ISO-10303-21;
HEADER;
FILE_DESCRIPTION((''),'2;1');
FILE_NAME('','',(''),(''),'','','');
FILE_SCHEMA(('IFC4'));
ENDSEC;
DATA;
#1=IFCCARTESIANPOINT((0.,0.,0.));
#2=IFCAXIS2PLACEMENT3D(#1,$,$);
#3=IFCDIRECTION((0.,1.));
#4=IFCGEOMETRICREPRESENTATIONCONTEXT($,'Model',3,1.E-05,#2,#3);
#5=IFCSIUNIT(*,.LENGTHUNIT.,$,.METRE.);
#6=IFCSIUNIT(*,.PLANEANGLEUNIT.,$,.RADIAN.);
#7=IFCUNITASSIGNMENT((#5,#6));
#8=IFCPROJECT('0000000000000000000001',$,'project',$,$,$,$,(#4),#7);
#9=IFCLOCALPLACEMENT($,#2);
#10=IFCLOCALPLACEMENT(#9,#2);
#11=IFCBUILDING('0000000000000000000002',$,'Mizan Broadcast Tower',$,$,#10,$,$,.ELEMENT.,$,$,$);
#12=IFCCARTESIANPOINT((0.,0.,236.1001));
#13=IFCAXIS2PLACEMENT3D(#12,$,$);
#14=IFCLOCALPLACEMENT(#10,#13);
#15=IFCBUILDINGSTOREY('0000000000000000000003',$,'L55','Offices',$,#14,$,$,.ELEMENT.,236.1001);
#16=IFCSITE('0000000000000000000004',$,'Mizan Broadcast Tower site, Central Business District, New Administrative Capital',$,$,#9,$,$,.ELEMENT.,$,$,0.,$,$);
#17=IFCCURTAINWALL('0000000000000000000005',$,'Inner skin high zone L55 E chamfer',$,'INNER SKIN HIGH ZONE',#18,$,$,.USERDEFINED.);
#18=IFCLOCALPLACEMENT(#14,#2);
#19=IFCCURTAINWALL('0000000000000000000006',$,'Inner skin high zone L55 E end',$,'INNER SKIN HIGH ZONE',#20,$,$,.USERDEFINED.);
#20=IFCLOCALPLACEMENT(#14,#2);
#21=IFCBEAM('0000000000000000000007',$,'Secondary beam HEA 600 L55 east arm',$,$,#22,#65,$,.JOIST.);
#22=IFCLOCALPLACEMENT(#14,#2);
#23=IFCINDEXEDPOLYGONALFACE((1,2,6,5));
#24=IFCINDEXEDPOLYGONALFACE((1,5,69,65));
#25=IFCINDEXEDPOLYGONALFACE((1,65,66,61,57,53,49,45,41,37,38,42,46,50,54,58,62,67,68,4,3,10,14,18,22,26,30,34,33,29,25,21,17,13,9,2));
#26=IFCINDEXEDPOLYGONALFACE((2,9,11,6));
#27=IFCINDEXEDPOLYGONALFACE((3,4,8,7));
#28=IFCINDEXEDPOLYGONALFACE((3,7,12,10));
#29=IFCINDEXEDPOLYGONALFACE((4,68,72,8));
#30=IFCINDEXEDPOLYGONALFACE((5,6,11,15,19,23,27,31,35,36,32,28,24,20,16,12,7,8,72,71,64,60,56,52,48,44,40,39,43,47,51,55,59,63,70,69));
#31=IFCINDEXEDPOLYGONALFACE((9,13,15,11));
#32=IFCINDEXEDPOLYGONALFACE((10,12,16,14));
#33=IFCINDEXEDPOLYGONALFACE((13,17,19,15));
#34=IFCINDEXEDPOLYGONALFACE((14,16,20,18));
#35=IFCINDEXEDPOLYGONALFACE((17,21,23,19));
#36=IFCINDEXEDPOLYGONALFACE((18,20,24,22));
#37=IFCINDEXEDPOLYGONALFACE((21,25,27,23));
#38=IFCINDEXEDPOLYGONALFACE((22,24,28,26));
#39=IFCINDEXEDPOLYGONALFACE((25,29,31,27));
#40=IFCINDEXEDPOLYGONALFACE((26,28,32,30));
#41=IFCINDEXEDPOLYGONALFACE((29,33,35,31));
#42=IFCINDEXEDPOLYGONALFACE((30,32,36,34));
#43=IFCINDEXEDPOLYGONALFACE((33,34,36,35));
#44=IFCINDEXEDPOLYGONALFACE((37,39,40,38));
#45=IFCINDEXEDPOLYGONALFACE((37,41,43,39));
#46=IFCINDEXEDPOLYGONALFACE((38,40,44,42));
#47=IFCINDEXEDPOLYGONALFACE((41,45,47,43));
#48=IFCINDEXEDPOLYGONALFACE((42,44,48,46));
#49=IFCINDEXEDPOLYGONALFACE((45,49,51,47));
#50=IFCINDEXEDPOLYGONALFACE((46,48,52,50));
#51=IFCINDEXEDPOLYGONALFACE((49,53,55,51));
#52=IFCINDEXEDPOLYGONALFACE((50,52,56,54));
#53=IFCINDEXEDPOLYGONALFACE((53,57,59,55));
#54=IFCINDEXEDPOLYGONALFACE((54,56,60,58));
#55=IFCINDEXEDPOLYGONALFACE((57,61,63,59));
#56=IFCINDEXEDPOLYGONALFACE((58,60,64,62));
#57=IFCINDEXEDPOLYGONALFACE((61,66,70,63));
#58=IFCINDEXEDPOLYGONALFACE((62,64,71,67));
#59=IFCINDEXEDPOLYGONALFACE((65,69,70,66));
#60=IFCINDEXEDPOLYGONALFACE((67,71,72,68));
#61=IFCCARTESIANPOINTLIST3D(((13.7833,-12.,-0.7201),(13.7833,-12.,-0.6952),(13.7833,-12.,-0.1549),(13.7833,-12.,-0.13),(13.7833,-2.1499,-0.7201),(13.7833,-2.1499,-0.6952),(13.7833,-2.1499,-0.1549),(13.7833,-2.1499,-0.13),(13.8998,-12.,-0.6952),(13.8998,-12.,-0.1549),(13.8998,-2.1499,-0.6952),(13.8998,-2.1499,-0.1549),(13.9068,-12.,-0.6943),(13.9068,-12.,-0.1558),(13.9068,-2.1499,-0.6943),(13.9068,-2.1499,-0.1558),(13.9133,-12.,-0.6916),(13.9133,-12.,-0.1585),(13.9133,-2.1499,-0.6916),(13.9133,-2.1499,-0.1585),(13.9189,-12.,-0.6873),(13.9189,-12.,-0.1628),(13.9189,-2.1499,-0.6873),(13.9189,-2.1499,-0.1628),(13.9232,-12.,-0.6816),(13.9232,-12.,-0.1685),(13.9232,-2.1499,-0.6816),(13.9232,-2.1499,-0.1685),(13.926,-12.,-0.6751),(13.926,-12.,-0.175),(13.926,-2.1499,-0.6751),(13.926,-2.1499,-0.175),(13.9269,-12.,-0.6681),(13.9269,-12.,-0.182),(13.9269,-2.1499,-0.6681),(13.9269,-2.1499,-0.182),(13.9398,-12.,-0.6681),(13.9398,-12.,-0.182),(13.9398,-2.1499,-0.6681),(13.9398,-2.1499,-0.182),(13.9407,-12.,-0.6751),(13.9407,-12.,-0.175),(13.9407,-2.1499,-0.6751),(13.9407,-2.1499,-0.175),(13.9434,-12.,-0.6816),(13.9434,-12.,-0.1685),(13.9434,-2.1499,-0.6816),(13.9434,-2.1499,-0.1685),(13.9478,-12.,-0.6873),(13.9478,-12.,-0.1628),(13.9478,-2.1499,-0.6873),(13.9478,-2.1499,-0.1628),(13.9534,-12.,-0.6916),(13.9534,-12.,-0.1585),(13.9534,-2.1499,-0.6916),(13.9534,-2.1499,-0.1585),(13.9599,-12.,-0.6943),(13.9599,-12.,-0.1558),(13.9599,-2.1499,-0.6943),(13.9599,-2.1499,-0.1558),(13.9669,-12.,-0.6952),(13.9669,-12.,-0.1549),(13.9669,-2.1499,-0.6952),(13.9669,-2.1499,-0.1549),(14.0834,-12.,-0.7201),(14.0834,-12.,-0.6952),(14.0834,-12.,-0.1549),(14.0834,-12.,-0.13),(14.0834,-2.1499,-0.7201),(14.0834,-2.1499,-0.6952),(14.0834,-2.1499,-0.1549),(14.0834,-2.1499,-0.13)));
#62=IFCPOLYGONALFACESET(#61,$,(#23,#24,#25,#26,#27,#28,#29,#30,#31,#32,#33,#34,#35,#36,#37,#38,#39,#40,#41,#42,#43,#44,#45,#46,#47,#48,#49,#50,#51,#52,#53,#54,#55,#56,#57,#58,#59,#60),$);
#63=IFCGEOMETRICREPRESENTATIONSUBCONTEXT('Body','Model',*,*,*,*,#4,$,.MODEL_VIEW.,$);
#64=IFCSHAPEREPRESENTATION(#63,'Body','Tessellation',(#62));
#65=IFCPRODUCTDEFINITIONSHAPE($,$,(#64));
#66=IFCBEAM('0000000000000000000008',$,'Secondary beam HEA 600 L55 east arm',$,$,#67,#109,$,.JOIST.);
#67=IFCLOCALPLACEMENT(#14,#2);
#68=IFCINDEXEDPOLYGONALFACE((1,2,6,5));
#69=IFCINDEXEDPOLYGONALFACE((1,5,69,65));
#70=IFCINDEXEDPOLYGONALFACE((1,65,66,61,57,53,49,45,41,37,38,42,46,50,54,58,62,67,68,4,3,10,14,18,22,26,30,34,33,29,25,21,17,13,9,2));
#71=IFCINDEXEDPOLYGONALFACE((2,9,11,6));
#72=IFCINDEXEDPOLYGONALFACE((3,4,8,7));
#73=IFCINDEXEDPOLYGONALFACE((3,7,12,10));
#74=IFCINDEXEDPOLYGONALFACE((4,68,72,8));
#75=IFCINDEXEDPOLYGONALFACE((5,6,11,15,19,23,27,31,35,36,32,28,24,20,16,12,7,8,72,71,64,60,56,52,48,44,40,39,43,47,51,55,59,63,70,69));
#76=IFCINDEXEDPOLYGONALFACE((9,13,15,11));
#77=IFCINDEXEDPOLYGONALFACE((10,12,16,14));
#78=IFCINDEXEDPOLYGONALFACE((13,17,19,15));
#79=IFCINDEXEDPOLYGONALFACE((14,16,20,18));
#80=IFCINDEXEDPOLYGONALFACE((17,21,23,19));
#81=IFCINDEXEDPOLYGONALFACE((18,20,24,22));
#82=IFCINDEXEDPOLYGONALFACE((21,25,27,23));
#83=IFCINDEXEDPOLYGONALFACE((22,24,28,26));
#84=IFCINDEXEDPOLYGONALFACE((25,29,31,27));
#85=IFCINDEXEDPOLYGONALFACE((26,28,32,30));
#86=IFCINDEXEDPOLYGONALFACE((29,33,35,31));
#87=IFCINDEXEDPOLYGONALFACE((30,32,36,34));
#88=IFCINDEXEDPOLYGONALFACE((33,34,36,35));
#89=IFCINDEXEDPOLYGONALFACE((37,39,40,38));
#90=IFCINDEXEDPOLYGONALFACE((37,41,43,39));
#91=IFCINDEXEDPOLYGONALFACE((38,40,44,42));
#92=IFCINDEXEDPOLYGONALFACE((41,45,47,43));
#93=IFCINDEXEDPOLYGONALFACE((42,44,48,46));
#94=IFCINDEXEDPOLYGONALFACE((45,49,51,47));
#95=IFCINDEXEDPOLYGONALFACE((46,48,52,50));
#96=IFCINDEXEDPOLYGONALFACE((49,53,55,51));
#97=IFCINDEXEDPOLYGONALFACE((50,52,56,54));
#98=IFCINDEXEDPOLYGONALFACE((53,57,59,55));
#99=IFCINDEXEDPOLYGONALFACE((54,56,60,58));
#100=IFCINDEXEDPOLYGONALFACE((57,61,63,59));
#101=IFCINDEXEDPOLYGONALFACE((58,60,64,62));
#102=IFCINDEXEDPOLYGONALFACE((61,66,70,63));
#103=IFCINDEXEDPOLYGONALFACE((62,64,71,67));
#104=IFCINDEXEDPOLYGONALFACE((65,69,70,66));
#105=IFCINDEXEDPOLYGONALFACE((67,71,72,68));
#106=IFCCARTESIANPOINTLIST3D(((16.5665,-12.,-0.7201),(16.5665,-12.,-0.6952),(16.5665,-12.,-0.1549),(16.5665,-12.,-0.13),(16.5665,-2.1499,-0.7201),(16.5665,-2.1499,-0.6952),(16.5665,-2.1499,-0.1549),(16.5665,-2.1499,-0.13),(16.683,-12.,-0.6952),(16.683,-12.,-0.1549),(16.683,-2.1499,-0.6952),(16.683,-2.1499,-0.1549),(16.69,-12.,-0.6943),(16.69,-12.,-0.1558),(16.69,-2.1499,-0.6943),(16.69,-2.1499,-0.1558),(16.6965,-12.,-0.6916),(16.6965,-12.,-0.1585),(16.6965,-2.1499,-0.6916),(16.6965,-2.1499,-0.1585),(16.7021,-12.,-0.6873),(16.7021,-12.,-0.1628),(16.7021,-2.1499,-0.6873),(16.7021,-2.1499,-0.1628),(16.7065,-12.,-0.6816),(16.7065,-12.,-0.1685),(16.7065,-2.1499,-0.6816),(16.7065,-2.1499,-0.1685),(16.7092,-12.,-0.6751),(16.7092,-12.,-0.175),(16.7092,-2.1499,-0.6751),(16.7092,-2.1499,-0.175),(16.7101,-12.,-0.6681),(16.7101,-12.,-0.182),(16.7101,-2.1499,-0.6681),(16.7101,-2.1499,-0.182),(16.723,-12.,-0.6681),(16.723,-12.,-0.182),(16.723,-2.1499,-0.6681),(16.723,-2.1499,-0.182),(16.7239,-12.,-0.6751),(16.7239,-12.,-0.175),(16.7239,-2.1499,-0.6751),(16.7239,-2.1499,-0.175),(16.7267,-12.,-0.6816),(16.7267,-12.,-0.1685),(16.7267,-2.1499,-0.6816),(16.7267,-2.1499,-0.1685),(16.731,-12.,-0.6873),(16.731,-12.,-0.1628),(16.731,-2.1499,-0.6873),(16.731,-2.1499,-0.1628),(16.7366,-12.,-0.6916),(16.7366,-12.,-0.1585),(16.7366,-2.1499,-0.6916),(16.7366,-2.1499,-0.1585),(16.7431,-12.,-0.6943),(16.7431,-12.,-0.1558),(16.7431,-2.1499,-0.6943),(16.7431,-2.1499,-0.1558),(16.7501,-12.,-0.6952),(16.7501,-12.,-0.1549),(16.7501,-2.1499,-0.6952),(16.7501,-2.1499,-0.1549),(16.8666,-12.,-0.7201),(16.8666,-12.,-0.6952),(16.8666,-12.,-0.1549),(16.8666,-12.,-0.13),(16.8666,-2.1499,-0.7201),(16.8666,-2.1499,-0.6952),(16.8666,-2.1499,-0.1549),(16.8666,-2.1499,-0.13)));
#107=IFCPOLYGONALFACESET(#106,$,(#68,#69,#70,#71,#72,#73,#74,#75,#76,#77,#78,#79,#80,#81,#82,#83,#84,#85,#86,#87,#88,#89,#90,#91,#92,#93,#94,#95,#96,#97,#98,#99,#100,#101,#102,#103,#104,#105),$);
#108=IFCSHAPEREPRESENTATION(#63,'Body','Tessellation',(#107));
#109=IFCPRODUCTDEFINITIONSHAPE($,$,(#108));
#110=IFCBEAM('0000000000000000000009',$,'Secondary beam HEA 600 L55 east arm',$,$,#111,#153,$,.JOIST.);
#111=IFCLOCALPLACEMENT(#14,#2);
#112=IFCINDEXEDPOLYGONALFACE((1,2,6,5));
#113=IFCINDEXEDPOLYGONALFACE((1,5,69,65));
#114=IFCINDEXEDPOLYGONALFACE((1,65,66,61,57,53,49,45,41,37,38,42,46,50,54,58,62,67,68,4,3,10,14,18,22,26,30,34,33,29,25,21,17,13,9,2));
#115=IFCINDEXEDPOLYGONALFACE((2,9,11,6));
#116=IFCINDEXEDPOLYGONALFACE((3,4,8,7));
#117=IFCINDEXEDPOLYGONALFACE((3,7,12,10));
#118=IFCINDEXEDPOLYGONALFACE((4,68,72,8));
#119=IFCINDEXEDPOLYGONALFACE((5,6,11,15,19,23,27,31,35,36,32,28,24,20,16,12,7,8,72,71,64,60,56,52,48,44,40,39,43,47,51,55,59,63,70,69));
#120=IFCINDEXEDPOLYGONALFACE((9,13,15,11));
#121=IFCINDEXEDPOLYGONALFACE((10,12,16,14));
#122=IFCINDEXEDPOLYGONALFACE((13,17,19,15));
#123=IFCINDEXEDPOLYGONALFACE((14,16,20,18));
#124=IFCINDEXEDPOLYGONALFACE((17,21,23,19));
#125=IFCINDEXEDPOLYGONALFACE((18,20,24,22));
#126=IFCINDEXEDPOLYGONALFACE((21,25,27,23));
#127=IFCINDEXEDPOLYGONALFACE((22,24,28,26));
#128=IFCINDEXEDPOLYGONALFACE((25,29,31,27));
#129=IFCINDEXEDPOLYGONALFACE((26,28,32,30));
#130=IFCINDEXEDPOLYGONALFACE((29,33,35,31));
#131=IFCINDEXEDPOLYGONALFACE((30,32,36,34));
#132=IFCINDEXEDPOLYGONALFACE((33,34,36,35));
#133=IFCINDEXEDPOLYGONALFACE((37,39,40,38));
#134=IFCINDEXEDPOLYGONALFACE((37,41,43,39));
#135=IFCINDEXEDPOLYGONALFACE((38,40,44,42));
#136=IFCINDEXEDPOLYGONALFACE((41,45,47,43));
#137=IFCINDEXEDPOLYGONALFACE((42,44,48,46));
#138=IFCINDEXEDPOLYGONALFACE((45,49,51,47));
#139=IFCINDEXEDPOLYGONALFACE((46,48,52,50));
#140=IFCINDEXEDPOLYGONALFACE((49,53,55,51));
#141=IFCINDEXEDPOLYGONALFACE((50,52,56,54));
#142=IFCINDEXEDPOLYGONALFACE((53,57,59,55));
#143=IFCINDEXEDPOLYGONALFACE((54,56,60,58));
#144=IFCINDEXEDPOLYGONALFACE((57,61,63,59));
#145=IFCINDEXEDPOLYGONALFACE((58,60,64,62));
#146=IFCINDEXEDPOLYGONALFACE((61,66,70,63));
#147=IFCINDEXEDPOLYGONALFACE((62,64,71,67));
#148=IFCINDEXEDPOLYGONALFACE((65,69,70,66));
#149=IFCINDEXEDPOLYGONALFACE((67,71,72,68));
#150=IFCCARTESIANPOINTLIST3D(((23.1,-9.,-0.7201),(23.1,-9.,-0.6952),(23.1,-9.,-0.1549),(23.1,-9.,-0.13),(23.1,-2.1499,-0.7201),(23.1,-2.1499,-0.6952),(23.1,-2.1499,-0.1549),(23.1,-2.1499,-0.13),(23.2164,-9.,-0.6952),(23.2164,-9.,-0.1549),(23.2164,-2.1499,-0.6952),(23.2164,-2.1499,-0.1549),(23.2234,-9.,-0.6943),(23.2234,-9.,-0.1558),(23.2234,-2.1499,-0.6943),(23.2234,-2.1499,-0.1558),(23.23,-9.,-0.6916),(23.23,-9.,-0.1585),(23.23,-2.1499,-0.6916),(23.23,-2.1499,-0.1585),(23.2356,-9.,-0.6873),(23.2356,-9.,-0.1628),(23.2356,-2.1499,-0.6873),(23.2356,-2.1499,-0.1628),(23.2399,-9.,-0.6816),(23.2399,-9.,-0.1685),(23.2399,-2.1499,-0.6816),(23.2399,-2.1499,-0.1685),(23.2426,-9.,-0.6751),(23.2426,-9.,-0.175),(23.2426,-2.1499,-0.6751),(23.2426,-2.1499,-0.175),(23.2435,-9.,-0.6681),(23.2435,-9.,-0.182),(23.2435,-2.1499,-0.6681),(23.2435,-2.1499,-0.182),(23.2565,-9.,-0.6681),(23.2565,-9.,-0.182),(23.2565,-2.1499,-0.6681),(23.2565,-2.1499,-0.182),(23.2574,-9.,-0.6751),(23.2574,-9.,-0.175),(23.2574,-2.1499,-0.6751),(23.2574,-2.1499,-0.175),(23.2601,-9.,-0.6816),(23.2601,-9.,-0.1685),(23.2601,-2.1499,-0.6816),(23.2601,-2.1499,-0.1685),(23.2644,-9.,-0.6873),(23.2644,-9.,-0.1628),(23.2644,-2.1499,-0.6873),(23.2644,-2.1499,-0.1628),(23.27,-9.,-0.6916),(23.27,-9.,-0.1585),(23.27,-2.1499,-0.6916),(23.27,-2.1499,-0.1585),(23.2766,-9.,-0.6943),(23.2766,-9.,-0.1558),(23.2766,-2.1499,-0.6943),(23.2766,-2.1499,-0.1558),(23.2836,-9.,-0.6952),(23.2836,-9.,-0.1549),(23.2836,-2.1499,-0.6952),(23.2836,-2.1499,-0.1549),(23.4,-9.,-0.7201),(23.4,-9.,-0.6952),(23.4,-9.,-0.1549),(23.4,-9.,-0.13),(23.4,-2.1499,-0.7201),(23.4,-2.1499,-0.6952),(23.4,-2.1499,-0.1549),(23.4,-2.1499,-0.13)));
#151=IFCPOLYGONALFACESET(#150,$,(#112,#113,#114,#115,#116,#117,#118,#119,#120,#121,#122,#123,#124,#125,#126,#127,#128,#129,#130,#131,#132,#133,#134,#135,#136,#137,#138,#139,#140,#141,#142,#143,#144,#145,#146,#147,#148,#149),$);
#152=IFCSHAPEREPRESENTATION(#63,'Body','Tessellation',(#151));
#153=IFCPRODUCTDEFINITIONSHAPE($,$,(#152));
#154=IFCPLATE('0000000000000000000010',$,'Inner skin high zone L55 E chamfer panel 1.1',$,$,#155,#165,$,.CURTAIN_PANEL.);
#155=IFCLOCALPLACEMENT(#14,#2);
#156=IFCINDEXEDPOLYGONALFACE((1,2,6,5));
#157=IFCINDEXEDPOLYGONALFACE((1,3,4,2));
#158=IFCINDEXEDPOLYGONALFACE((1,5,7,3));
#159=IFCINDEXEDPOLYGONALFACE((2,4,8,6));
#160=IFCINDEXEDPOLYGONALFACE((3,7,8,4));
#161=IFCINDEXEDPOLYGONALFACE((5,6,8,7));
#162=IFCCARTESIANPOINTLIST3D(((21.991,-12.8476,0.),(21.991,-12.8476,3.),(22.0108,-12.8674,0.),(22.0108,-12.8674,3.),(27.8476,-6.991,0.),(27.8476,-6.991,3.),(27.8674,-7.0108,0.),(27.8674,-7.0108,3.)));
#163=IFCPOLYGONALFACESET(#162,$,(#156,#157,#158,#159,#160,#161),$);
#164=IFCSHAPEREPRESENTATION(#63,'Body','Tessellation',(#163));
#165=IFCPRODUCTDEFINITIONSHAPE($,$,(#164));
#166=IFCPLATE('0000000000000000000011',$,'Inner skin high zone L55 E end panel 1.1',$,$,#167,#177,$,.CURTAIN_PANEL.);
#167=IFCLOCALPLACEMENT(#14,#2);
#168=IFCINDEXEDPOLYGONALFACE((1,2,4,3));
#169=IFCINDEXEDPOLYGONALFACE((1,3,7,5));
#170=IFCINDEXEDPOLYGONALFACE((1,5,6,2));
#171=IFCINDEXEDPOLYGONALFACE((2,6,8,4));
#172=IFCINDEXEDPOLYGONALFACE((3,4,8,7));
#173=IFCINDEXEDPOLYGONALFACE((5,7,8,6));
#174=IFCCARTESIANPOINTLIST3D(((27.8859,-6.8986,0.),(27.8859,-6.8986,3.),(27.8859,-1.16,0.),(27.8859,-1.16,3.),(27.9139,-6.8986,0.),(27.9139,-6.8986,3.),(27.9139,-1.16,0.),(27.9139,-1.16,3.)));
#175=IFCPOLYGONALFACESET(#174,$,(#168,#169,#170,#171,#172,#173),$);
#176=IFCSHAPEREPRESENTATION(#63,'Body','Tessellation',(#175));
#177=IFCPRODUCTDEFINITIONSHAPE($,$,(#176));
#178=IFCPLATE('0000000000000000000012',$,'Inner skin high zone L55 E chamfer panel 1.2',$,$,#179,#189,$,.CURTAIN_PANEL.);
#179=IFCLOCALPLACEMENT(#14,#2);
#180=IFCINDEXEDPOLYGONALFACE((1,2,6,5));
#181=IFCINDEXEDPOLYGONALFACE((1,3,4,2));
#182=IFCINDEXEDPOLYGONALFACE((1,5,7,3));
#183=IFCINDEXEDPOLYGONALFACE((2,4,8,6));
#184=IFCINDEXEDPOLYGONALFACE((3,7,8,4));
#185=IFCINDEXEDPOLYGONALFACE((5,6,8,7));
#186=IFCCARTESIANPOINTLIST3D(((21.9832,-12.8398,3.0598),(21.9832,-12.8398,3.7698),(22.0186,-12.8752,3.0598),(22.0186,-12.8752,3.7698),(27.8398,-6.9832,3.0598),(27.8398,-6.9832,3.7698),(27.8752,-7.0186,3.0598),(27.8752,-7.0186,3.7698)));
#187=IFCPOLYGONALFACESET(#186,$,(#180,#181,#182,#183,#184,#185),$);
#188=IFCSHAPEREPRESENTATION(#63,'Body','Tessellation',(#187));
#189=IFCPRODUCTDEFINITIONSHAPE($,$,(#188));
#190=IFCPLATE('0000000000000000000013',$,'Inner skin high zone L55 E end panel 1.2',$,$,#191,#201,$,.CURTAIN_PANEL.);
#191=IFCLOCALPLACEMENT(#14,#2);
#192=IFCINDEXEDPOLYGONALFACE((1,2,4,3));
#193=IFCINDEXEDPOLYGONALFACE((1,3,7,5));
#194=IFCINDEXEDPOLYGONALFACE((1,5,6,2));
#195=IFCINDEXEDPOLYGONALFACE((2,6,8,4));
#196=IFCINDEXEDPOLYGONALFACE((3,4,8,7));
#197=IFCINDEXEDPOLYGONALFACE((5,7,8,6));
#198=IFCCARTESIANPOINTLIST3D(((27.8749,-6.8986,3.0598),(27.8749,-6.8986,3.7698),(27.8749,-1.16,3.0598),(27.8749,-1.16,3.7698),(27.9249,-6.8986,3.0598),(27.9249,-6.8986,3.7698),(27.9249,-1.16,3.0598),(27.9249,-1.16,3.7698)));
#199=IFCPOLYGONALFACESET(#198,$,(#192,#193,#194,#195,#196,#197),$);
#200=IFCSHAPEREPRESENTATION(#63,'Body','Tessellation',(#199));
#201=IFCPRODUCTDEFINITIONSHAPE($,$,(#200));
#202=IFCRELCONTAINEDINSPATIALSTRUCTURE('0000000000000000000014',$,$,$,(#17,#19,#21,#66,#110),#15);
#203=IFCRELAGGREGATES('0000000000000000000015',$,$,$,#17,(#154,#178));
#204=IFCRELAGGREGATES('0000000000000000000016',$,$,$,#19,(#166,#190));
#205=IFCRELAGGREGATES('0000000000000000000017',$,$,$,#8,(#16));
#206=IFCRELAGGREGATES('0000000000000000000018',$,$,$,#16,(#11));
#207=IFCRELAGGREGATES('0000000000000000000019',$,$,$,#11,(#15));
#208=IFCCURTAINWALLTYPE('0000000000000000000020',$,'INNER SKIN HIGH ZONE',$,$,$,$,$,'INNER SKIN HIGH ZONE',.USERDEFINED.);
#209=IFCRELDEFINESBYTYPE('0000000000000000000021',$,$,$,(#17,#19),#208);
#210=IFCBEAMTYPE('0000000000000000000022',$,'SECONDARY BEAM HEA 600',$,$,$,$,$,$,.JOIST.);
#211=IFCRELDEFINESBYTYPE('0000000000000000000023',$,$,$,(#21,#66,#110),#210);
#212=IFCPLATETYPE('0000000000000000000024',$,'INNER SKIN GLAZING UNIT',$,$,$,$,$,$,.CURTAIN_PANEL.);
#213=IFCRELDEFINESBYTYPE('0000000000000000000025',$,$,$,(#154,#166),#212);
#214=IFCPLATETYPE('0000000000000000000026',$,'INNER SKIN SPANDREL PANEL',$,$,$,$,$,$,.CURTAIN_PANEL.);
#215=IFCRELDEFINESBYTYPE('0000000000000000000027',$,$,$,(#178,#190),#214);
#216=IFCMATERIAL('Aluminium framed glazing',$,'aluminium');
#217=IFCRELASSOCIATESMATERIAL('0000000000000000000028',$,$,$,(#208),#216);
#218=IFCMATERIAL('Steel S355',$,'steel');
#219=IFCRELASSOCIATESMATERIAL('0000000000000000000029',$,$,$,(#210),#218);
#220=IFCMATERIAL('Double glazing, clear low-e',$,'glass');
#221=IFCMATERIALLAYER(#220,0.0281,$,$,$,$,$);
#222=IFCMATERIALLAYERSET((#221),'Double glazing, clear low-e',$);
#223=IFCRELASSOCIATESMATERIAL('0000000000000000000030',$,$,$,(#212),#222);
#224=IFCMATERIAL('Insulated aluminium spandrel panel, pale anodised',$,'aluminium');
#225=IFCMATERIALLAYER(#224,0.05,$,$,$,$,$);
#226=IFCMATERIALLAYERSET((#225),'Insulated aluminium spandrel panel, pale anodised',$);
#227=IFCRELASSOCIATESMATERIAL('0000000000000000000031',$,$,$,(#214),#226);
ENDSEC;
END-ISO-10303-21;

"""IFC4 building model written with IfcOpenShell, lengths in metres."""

from ifc_helpers import new_model, si_unit, direction, frame, origin, origin_2d, place, context, subcontext, project, spatial, rectangle, i_section, extrude, material, layer, layer_set, material_profile, profile_set, type_object, element, aggregate, save


model = new_model("IFC4")

# Units and contexts
model_context = context("Model", 3, precision=1e-05, world=origin(), true_north=direction((0.0, 1.0)))
body_context = subcontext(model_context, "Body", "Model", "MODEL_VIEW")
ifc_project = project(units=[si_unit("LENGTHUNIT", "METRE"), si_unit("PLANEANGLEUNIT", "RADIAN")], contexts=[model_context])

# Site, building, storey
site_placement = place(None, origin())
site = spatial("IfcSite", under=ifc_project, at=site_placement, Name="Mizan Broadcast Tower site, Central Business District, New Administrative Capital", CompositionType="ELEMENT", RefElevation=0.0)
building_placement = place(site_placement, origin())
building = spatial("IfcBuilding", under=site, at=building_placement, Name="Mizan Broadcast Tower", CompositionType="ELEMENT")
storey_placement = place(building_placement, frame((0.0, 0.0, 236.1001)))
storey = spatial("IfcBuildingStorey", under=building, at=storey_placement, Name="L55", Description="Offices", CompositionType="ELEMENT", Elevation=236.1001)

# Curtain wall
ifc_material_1 = material(Name="Aluminium framed glazing", Category="aluminium")
curtain_wall_type_1 = type_object("IfcCurtainWallType", Name="INNER SKIN HIGH ZONE", ElementType="INNER SKIN HIGH ZONE", PredefinedType="USERDEFINED", material=ifc_material_1)
curtain_wall_1_placement = place(storey_placement, origin())
curtain_wall_1 = element("IfcCurtainWall", 1, at=curtain_wall_1_placement, inside=storey, type_object=curtain_wall_type_1, Name="Inner skin high zone L55 E chamfer", ObjectType="INNER SKIN HIGH ZONE", PredefinedType="USERDEFINED")

# Curtain wall
curtain_wall_2_placement = place(storey_placement, origin())
curtain_wall_2 = element("IfcCurtainWall", 2, at=curtain_wall_2_placement, inside=storey, type_object=curtain_wall_type_1, Name="Inner skin high zone L55 E end", ObjectType="INNER SKIN HIGH ZONE", PredefinedType="USERDEFINED")

# Beams
ifc_material_2 = material(Name="Steel S355", Category="steel")
ifc_material_profile_1 = material_profile(ifc_material_2, i_section(OverallWidth=0.3, OverallDepth=0.5901, WebThickness=0.0129, FlangeThickness=0.0249, FilletRadius=0.0271, at=origin_2d()), Name="HEA 600")
ifc_profile_set_1 = profile_set([ifc_material_profile_1], Name="Steel S355")
beam_type_1 = type_object("IfcBeamType", Name="SECONDARY BEAM HEA 600", PredefinedType="JOIST", material=ifc_profile_set_1)
for number, where, z_axis, x_axis, name in (
    (3, (13.9333, -12.0, -0.425), (0.0, 1.0, 0.0), (-1.0, 0.0, 0.0), "Secondary beam HEA 600 L55 east arm"),
    (4, (16.7166, -12.0, -0.425), (0.0, 1.0, 0.0), (-1.0, 0.0, 0.0), "Secondary beam HEA 600 L55 east arm"),
):
    element("IfcBeam", number, at=place(storey_placement, frame(where, z_axis=z_axis, x_axis=x_axis)), inside=storey, type_object=beam_type_1, Name=name, PredefinedType="JOIST", context=body_context, shape_type="SweptSolid", body=[
        extrude(i_section(OverallWidth=0.3, OverallDepth=0.5901, WebThickness=0.0129, FlangeThickness=0.0249, FilletRadius=0.0271, at=origin_2d()), origin(), (0.0, 0.0, 1.0), 9.8501),
    ])
beam_1_placement = place(storey_placement, frame((23.25, -9.0, -0.425), z_axis=(0.0, 1.0, 0.0), x_axis=(-1.0, 0.0, 0.0)))
element("IfcBeam", 5, at=beam_1_placement, inside=storey, type_object=beam_type_1, Name="Secondary beam HEA 600 L55 east arm", PredefinedType="JOIST", context=body_context, shape_type="SweptSolid", body=[
    extrude(i_section(OverallWidth=0.3, OverallDepth=0.5901, WebThickness=0.0129, FlangeThickness=0.0249, FilletRadius=0.0271, at=origin_2d()), origin(), (0.0, 0.0, 1.0), 6.8501),
])

# Plates
ifc_material_3 = material(Name="Double glazing, clear low-e", Category="glass")
ifc_layer_1 = layer(ifc_material_3, 0.0281)
ifc_layer_set_1 = layer_set([ifc_layer_1], Name="Double glazing, clear low-e")
plate_type_1 = type_object("IfcPlateType", Name="INNER SKIN GLAZING UNIT", PredefinedType="CURTAIN_PANEL", material=ifc_layer_set_1)
plate_1_placement = place(storey_placement, frame((24.9292, -9.9292, 0.0), z_axis=(0.0, 0.0, 1.0), x_axis=(0.707107, 0.707107, 0.0)))
plate_1 = element("IfcPlate", 6, at=plate_1_placement, type_object=plate_type_1, Name="Inner skin high zone L55 E chamfer panel 1.1", PredefinedType="CURTAIN_PANEL", context=body_context, shape_type="SweptSolid", body=[
    extrude(rectangle(XDim=8.2825, YDim=0.0281, at=origin_2d()), origin(), (0.0, 0.0, 1.0), 3.0),
])
plate_2_placement = place(storey_placement, frame((27.8999, -4.0293, 0.0), z_axis=(0.0, 0.0, 1.0), x_axis=(0.0, 1.0, 0.0)))
plate_2 = element("IfcPlate", 7, at=plate_2_placement, type_object=plate_type_1, Name="Inner skin high zone L55 E end panel 1.1", PredefinedType="CURTAIN_PANEL", context=body_context, shape_type="SweptSolid", body=[
    extrude(rectangle(XDim=5.7385, YDim=0.0281, at=origin_2d()), origin(), (0.0, 0.0, 1.0), 3.0),
])
ifc_material_4 = material(Name="Insulated aluminium spandrel panel, pale anodised", Category="aluminium")
ifc_layer_2 = layer(ifc_material_4, 0.05)
ifc_layer_set_2 = layer_set([ifc_layer_2], Name="Insulated aluminium spandrel panel, pale anodised")
plate_type_2 = type_object("IfcPlateType", Name="INNER SKIN SPANDREL PANEL", PredefinedType="CURTAIN_PANEL", material=ifc_layer_set_2)
plate_3_placement = place(storey_placement, frame((24.9292, -9.9292, 3.0598), z_axis=(0.0, 0.0, 1.0), x_axis=(0.707107, 0.707107, 0.0)))
plate_3 = element("IfcPlate", 8, at=plate_3_placement, type_object=plate_type_2, Name="Inner skin high zone L55 E chamfer panel 1.2", PredefinedType="CURTAIN_PANEL", context=body_context, shape_type="SweptSolid", body=[
    extrude(rectangle(XDim=8.2825, YDim=0.05, at=origin_2d()), origin(), (0.0, 0.0, 1.0), 0.71),
])
aggregate(curtain_wall_1, [plate_1, plate_3])
plate_4_placement = place(storey_placement, frame((27.8999, -4.0293, 3.0598), z_axis=(0.0, 0.0, 1.0), x_axis=(0.0, 1.0, 0.0)))
plate_4 = element("IfcPlate", 9, at=plate_4_placement, type_object=plate_type_2, Name="Inner skin high zone L55 E end panel 1.2", PredefinedType="CURTAIN_PANEL", context=body_context, shape_type="SweptSolid", body=[
    extrude(rectangle(XDim=5.7385, YDim=0.05, at=origin_2d()), origin(), (0.0, 0.0, 1.0), 0.71),
])
aggregate(curtain_wall_2, [plate_2, plate_4])

save(model, "model.ifc")
